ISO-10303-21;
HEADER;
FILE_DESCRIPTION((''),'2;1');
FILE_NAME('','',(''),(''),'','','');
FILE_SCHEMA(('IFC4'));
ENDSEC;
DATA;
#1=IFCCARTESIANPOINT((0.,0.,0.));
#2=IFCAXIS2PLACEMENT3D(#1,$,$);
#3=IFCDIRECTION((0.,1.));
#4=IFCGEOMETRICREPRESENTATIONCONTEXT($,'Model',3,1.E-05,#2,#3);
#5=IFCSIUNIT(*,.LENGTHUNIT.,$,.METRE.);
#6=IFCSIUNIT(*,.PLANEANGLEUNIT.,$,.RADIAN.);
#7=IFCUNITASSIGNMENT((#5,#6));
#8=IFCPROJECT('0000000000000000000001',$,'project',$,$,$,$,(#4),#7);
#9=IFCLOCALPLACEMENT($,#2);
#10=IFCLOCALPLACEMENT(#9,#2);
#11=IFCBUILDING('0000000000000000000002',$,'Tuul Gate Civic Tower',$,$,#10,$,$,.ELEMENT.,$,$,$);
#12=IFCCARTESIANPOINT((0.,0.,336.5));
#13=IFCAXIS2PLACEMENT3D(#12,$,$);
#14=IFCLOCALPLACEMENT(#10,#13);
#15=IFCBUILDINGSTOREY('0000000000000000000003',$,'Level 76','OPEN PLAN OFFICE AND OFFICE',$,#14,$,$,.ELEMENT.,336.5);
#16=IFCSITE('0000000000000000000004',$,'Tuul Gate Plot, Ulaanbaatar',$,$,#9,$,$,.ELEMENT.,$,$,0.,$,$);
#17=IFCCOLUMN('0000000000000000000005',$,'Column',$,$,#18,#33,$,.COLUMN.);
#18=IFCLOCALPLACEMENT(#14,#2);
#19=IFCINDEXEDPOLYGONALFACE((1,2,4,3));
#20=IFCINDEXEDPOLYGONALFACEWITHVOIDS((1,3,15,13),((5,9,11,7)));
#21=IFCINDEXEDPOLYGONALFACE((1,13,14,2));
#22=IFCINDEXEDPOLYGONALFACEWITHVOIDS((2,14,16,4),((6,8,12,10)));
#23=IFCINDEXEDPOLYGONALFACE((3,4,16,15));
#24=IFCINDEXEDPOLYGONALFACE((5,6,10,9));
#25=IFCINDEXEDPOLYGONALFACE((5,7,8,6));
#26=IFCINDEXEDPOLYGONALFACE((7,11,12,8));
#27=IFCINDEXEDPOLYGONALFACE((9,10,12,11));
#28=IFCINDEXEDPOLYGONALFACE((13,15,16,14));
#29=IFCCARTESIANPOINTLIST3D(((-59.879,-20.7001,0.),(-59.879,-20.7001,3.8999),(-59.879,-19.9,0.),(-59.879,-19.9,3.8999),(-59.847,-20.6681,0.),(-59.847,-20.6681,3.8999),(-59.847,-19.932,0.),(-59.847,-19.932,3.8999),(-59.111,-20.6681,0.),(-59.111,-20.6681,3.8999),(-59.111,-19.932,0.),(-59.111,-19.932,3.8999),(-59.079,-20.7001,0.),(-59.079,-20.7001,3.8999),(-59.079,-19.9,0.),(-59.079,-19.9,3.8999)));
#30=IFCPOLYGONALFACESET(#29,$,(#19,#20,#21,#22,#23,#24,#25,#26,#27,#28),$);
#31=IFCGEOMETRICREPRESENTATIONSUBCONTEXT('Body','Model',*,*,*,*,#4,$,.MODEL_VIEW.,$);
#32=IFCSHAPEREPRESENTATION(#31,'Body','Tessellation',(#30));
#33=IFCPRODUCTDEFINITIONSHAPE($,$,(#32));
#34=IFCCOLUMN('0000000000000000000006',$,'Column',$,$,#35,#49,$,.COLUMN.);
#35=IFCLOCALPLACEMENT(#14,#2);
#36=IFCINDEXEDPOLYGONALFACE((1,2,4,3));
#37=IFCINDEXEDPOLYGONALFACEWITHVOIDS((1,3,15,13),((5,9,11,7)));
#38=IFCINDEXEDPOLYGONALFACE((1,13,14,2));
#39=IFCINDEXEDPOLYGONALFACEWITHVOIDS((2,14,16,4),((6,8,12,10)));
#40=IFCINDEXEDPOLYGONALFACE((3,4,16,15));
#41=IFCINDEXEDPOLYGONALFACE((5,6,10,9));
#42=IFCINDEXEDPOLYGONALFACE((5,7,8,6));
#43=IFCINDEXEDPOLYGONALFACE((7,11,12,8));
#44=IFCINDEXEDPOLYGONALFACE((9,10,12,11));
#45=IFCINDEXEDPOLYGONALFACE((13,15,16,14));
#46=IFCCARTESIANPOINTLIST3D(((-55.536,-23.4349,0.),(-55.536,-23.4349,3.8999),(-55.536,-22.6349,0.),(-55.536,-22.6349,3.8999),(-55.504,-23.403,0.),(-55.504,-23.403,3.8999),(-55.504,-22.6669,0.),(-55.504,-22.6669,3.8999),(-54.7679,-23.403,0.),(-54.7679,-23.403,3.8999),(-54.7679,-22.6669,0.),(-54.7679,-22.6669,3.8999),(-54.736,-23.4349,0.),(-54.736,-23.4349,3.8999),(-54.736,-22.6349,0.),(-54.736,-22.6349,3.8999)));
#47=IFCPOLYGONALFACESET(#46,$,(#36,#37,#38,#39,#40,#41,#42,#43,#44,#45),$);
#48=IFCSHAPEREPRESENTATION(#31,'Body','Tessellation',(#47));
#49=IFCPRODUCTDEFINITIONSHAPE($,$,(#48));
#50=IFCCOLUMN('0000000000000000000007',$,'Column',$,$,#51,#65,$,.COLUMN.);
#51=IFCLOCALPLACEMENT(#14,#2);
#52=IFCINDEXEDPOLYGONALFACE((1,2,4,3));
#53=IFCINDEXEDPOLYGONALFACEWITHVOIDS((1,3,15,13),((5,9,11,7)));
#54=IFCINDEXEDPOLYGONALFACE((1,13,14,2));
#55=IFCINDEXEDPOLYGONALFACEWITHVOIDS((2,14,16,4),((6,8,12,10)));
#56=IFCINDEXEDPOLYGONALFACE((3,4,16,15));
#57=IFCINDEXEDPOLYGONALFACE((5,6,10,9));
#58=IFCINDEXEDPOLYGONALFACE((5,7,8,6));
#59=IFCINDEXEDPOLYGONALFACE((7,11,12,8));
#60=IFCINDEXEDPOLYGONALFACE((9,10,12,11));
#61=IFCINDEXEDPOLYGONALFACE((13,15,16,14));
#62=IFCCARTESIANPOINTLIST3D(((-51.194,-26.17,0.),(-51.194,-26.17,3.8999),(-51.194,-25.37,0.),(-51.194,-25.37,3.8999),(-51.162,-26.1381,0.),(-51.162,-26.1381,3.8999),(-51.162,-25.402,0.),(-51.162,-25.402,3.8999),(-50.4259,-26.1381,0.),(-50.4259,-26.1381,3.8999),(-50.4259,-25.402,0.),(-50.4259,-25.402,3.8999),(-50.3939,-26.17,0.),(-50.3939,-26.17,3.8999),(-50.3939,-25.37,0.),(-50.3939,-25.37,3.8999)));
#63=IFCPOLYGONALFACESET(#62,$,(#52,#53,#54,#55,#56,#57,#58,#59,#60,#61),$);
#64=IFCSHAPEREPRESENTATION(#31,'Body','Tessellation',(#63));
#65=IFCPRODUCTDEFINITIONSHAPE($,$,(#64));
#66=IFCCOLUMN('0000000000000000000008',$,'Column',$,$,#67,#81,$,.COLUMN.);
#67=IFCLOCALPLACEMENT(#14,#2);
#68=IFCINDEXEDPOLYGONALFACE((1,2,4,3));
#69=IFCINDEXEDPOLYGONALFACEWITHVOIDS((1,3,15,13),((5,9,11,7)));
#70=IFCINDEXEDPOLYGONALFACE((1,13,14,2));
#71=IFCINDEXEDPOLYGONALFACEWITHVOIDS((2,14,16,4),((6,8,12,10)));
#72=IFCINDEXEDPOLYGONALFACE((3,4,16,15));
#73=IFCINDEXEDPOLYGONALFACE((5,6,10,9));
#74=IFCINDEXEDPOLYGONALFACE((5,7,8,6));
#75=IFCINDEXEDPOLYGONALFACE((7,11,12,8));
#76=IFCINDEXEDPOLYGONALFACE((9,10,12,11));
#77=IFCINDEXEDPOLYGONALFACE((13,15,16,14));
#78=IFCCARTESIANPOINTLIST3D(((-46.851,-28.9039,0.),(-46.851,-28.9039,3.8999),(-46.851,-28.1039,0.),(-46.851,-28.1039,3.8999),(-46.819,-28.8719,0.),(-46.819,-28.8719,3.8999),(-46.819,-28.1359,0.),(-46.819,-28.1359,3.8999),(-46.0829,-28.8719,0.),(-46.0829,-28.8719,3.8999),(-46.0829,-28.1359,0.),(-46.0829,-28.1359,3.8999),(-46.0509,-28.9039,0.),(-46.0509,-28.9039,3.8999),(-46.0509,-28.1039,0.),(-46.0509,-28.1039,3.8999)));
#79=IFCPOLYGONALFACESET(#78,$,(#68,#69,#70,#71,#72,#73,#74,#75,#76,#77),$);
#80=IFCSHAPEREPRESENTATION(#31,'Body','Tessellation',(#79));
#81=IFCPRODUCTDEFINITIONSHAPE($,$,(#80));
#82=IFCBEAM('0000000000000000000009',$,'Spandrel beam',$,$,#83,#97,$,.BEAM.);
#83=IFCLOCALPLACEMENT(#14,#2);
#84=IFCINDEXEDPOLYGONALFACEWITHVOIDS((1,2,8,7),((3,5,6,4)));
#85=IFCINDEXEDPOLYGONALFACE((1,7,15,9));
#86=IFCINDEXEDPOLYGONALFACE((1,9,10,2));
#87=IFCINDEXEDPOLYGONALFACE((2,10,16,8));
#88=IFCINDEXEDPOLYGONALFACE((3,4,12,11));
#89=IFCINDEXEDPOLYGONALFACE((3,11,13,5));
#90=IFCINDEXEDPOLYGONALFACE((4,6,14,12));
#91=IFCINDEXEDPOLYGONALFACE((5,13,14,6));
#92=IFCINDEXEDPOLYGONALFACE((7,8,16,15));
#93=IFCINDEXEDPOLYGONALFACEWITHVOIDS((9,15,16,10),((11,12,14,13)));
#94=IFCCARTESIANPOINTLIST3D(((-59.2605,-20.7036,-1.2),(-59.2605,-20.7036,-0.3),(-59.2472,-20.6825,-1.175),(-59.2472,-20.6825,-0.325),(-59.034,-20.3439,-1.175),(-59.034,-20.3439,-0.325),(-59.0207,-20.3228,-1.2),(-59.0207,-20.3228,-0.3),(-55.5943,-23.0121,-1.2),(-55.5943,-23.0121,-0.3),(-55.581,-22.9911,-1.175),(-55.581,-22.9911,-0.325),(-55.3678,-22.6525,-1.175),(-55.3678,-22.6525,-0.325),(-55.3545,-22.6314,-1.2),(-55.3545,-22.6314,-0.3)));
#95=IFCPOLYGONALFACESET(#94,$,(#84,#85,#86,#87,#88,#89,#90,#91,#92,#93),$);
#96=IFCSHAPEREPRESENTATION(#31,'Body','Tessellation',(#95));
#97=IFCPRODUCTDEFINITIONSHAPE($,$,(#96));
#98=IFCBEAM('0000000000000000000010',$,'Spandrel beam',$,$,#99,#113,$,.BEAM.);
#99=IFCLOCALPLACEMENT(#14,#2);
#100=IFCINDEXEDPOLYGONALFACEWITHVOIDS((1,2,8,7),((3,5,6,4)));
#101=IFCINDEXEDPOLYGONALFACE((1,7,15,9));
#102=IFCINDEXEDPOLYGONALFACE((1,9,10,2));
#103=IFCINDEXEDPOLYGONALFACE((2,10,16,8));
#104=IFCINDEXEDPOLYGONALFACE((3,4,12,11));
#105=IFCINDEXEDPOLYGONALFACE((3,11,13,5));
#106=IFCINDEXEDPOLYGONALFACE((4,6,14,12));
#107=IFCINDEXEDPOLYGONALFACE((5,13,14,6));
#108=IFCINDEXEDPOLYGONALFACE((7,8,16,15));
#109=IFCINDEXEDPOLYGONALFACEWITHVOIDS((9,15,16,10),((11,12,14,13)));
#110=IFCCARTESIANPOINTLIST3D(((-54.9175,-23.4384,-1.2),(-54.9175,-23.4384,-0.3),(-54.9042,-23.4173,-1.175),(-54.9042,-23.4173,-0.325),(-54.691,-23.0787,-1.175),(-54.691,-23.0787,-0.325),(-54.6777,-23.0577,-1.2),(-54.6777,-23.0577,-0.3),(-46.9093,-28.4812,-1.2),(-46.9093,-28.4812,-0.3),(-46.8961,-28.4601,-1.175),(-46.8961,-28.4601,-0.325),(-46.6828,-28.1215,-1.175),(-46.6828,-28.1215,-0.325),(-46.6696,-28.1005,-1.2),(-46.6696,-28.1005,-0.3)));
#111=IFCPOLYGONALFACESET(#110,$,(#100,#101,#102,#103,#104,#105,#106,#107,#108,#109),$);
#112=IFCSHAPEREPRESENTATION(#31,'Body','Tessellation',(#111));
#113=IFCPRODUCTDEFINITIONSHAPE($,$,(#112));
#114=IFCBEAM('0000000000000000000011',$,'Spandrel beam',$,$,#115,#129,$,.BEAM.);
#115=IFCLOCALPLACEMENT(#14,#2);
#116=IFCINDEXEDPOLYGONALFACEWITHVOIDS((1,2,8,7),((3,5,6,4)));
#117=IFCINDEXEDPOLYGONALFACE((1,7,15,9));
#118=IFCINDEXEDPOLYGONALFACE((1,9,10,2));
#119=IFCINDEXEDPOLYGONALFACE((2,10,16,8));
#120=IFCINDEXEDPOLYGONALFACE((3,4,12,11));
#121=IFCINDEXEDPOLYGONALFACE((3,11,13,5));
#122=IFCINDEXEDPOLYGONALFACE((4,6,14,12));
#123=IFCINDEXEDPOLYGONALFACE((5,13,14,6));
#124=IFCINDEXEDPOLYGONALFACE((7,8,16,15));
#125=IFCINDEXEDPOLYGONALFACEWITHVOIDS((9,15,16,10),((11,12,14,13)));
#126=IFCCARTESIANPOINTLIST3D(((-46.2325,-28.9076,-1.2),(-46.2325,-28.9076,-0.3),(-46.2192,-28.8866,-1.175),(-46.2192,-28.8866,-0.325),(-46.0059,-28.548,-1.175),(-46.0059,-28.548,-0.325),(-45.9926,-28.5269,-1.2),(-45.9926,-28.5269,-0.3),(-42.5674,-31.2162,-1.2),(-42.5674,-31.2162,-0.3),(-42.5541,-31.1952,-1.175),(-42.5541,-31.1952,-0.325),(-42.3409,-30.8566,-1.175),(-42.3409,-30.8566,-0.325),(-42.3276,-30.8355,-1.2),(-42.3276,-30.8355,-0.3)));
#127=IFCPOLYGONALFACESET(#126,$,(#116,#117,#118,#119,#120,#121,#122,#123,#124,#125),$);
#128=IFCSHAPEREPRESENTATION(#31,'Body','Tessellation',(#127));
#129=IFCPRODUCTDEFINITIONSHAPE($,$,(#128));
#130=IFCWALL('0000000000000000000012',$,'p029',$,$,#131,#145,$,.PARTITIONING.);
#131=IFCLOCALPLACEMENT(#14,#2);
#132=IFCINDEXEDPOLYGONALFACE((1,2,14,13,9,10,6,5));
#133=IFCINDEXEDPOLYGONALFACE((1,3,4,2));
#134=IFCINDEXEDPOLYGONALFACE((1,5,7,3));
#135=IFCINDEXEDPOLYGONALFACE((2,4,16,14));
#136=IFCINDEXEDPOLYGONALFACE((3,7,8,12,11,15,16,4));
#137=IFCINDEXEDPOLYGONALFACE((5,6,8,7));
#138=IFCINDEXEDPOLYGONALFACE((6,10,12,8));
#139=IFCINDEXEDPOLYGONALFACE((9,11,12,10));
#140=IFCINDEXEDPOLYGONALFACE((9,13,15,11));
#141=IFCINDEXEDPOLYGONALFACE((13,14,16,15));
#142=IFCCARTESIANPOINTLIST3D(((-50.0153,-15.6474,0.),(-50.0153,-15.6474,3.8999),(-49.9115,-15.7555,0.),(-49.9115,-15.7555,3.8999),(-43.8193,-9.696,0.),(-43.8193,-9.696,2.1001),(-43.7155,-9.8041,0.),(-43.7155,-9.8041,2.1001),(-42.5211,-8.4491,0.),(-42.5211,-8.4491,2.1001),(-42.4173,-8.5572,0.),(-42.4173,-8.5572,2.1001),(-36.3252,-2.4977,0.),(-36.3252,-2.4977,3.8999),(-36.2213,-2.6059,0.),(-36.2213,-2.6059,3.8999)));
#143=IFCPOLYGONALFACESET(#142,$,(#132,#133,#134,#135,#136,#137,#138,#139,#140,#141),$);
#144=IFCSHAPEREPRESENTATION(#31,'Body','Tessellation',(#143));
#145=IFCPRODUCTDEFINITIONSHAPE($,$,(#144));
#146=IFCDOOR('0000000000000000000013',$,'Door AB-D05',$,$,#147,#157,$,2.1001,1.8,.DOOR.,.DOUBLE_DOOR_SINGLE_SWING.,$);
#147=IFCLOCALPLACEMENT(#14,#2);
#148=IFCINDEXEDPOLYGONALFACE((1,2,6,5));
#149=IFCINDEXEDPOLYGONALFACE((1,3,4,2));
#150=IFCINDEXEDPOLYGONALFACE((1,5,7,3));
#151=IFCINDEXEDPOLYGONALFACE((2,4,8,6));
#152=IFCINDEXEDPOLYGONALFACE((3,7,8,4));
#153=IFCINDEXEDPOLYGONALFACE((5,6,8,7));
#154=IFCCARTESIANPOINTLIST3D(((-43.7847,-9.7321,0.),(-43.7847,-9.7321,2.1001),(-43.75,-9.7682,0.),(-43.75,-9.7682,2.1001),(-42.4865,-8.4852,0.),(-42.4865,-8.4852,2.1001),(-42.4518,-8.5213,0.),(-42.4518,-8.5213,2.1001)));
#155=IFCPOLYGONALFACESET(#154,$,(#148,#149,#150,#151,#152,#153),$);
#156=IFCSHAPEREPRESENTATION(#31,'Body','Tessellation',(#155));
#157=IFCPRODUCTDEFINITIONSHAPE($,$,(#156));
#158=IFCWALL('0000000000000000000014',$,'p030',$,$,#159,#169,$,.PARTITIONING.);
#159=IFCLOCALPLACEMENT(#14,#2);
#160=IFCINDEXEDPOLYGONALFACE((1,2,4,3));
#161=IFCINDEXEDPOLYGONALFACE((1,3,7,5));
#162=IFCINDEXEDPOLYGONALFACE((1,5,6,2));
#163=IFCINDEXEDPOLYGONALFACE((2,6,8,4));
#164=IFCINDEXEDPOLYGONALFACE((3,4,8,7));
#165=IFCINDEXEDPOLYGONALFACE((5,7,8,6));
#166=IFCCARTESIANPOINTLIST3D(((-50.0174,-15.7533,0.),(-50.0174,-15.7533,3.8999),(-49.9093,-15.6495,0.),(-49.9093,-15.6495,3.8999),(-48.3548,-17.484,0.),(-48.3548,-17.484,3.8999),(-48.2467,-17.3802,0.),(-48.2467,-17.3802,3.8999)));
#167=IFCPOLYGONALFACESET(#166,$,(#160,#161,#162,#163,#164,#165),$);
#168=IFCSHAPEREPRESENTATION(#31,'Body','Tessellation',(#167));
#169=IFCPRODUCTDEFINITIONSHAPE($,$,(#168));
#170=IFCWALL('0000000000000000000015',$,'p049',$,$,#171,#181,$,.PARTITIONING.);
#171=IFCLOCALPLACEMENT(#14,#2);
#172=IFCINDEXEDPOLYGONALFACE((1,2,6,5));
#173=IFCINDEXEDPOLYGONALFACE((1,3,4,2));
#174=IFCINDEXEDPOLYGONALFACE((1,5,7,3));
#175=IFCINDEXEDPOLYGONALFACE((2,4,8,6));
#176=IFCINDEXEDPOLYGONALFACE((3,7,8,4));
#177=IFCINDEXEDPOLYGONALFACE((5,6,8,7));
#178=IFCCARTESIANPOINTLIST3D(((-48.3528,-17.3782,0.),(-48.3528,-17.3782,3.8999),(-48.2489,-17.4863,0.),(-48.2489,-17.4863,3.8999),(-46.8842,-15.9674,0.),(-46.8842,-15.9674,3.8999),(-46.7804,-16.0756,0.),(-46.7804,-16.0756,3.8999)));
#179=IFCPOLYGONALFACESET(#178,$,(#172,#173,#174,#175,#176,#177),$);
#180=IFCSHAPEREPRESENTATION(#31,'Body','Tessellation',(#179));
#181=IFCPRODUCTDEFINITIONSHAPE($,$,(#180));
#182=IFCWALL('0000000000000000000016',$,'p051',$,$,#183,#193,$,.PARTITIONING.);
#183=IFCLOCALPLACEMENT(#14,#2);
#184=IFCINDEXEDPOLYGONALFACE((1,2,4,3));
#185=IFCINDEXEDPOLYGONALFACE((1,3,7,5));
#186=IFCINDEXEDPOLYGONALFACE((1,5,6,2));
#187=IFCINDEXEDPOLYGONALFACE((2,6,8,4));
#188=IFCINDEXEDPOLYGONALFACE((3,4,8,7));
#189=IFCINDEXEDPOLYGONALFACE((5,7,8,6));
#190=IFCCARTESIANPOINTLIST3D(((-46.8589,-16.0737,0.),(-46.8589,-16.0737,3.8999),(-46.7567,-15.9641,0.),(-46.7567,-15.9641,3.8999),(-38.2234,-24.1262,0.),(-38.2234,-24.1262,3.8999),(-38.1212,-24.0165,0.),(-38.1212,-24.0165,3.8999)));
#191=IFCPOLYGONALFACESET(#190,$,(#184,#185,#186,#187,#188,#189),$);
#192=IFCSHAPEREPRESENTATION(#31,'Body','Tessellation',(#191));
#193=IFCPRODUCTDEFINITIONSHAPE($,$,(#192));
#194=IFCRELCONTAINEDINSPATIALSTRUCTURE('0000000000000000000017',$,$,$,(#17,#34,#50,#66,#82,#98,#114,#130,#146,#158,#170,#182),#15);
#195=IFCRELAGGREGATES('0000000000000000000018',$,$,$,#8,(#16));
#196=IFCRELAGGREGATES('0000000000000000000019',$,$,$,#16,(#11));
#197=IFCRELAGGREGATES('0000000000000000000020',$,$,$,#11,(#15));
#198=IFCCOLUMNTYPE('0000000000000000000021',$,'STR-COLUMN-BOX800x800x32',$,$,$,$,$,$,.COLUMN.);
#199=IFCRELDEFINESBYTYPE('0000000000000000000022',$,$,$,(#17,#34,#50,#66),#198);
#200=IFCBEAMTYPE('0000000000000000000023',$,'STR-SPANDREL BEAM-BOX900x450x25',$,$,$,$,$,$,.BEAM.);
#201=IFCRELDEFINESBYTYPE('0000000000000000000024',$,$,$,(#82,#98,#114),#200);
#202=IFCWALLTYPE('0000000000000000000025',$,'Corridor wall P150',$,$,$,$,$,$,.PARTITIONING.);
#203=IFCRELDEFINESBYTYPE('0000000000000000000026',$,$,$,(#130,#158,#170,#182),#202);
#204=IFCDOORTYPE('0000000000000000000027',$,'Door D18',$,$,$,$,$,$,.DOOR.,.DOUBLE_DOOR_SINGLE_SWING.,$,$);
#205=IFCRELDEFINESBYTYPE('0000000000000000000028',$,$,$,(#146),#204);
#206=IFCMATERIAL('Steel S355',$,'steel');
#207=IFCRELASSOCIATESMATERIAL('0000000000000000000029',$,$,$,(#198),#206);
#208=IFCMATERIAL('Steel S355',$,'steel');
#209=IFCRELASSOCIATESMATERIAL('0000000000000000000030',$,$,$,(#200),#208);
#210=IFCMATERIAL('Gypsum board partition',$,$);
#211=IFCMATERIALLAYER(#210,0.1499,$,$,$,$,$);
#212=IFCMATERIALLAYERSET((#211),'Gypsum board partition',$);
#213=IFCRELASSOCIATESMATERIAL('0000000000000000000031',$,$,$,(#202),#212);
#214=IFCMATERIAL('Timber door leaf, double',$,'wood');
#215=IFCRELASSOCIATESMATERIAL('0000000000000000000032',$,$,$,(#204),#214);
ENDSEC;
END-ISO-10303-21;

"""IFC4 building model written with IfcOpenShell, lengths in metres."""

from ifc_helpers import new_model, si_unit, direction, frame, frame_2d, origin, origin_2d, place, context, subcontext, project, spatial, rectangle, hollow_rectangle, extrude, material, layer, layer_set, material_profile, profile_set, type_object, element, fill, save


model = new_model("IFC4")

# Units and contexts
model_context = context("Model", 3, precision=1e-05, world=origin(), true_north=direction((0.0, 1.0)))
body_context = subcontext(model_context, "Body", "Model", "MODEL_VIEW")
ifc_project = project(units=[si_unit("LENGTHUNIT", "METRE"), si_unit("PLANEANGLEUNIT", "RADIAN")], contexts=[model_context])

# Site, building, storey
site_placement = place(None, origin())
site = spatial("IfcSite", under=ifc_project, at=site_placement, Name="Tuul Gate Plot, Ulaanbaatar", CompositionType="ELEMENT", RefElevation=0.0)
building_placement = place(site_placement, origin())
building = spatial("IfcBuilding", under=site, at=building_placement, Name="Tuul Gate Civic Tower", CompositionType="ELEMENT")
storey_placement = place(building_placement, frame((0.0, 0.0, 336.5)))
storey = spatial("IfcBuildingStorey", under=building, at=storey_placement, Name="Level 76", Description="OPEN PLAN OFFICE AND OFFICE", CompositionType="ELEMENT", Elevation=336.5)

# Columns
ifc_material_1 = material(Name="Steel S355", Category="steel")
ifc_material_profile_1 = material_profile(ifc_material_1, hollow_rectangle(XDim=0.8, YDim=0.8, WallThickness=0.032, at=origin_2d()), Name="BOX800x800x32")
ifc_profile_set_1 = profile_set([ifc_material_profile_1], Name="Steel S355")
column_type = type_object("IfcColumnType", Name="STR-COLUMN-BOX800x800x32", PredefinedType="COLUMN", material=ifc_profile_set_1)
for number, where, z_axis, x_axis, name in (
    (1, (-59.479, -20.3, 0.0), (0.0, 0.0, 1.0), (1.0, 0.0, 0.0), "Column"),
    (2, (-55.136, -23.0349, 0.0), (0.0, 0.0, 1.0), (1.0, 0.0, 0.0), "Column"),
    (3, (-50.7939, -25.77, 0.0), (0.0, 0.0, 1.0), (1.0, 0.0, 0.0), "Column"),
    (4, (-46.4509, -28.5039, 0.0), (0.0, 0.0, 1.0), (1.0, 0.0, 0.0), "Column"),
):
    element("IfcColumn", number, at=place(storey_placement, frame(where, z_axis=z_axis, x_axis=x_axis)), inside=storey, type_object=column_type, Name=name, PredefinedType="COLUMN", context=body_context, shape_type="SweptSolid", body=[
        extrude(hollow_rectangle(XDim=0.8, YDim=0.8, WallThickness=0.032, at=origin_2d()), origin(), (0.0, 0.0, 1.0), 3.8999),
    ])

# Beams
ifc_material_2 = material(Name="Steel S355", Category="steel")
ifc_material_profile_2 = material_profile(ifc_material_2, hollow_rectangle(XDim=0.45, YDim=0.8999, WallThickness=0.0249, at=origin_2d()), Name="BOX900x450x25")
ifc_profile_set_2 = profile_set([ifc_material_profile_2], Name="Steel S355")
beam_type = type_object("IfcBeamType", Name="STR-SPANDREL BEAM-BOX900x450x25", PredefinedType="BEAM", material=ifc_profile_set_2)
beam_1_placement = place(storey_placement, frame((-59.1406, -20.5132, -0.75), z_axis=(0.846211, -0.532848, 0.0), x_axis=(0.532848, 0.846211, 0.0)))
element("IfcBeam", 5, at=beam_1_placement, inside=storey, type_object=beam_type, Name="Spandrel beam", PredefinedType="BEAM", context=body_context, shape_type="SweptSolid", body=[
    extrude(hollow_rectangle(XDim=0.45, YDim=0.8999, WallThickness=0.0249, at=origin_2d()), origin(), (0.0, 0.0, 1.0), 4.3325),
])
beam_2_placement = place(storey_placement, frame((-54.7976, -23.248, -0.75), z_axis=(0.846204, -0.53286, 0.0), x_axis=(0.53286, 0.846204, 0.0)))
element("IfcBeam", 6, at=beam_2_placement, inside=storey, type_object=beam_type, Name="Spandrel beam", PredefinedType="BEAM", context=body_context, shape_type="SweptSolid", body=[
    extrude(hollow_rectangle(XDim=0.45, YDim=0.8999, WallThickness=0.0249, at=origin_2d()), origin(), (0.0, 0.0, 1.0), 9.4636),
])
beam_3_placement = place(storey_placement, frame((-46.1125, -28.7173, -0.75), z_axis=(0.846131, -0.532975, 0.0), x_axis=(0.532975, 0.846131, 0.0)))
element("IfcBeam", 7, at=beam_3_placement, inside=storey, type_object=beam_type, Name="Spandrel beam", PredefinedType="BEAM", context=body_context, shape_type="SweptSolid", body=[
    extrude(hollow_rectangle(XDim=0.45, YDim=0.8999, WallThickness=0.0249, at=origin_2d()), origin(), (0.0, 0.0, 1.0), 4.3315),
])

# Wall, opening, door
ifc_material_3 = material(Name="Gypsum board partition")
ifc_layer_1 = layer(ifc_material_3, 0.1499)
ifc_layer_set_1 = layer_set([ifc_layer_1], Name="Gypsum board partition")
wall_type_1 = type_object("IfcWallType", Name="Corridor wall P150", PredefinedType="PARTITIONING", material=ifc_layer_set_1)
wall_1_placement = place(storey_placement, frame((-49.9634, -15.7014, 0.0), z_axis=(0.0, 0.0, 1.0), x_axis=(0.721201, 0.692726, 0.0)))
wall_1 = element("IfcWall", 8, at=wall_1_placement, inside=storey, type_object=wall_type_1, Name="p029", PredefinedType="PARTITIONING", context=body_context, shape_type="SweptSolid", body=[
    extrude(rectangle(XDim=18.9824, YDim=0.1499, at=frame_2d((9.4912, 0.0))), origin(), (0.0, 0.0, 1.0), 3.8999),
])
opening_1_placement = place(wall_1_placement, frame((8.5913, 0.0, 0.0)))
opening_1 = element("IfcOpeningElement", 9, at=opening_1_placement, cuts=wall_1, PredefinedType="OPENING", context=body_context, shape_type="SweptSolid", body=[
    extrude(rectangle(XDim=1.8, YDim=2.1001, at=frame_2d((0.8999, 1.05))), frame((0.0, 0.085, 0.0), z_axis=(0.0, -1.0, 0.0), x_axis=(1.0, 0.0, 0.0)), (0.0, 0.0, 1.0), 0.1699),
])
ifc_material_4 = material(Name="Timber door leaf, double", Category="wood")
door_type = type_object("IfcDoorType", Name="Door D18", OperationType="DOUBLE_DOOR_SINGLE_SWING", PredefinedType="DOOR", material=ifc_material_4)
door_placement = place(opening_1_placement, origin())
door = element("IfcDoor", 10, at=door_placement, inside=storey, type_object=door_type, Name="Door AB-D05", OperationType="DOUBLE_DOOR_SINGLE_SWING", OverallHeight=2.1001, OverallWidth=1.8, PredefinedType="DOOR", context=body_context, shape_type="SweptSolid", body=[
    extrude(rectangle(XDim=1.8, YDim=2.1001, at=frame_2d((0.8999, 1.05))), frame((0.0, 0.0249, 0.0), z_axis=(0.0, -1.0, 0.0), x_axis=(1.0, 0.0, 0.0)), (0.0, 0.0, 1.0), 0.05),
])
fill(opening_1, door)

# Walls
wall_2_placement = place(storey_placement, frame((-49.9634, -15.7014, 0.0), z_axis=(0.0, 0.0, 1.0), x_axis=(0.692773, -0.721156, 0.0)))
element("IfcWall", 11, at=wall_2_placement, inside=storey, type_object=wall_type_1, Name="p030", PredefinedType="PARTITIONING", context=body_context, shape_type="SweptSolid", body=[
    extrude(rectangle(XDim=2.3999, YDim=0.1499, at=frame_2d((1.2, 0.0))), origin(), (0.0, 0.0, 1.0), 3.8999),
])
wall_3_placement = place(storey_placement, frame((-48.3008, -17.4321, 0.0), z_axis=(0.0, 0.0, 1.0), x_axis=(0.721172, 0.692756, 0.0)))
element("IfcWall", 12, at=wall_3_placement, inside=storey, type_object=wall_type_1, Name="p049", PredefinedType="PARTITIONING", context=body_context, shape_type="SweptSolid", body=[
    extrude(rectangle(XDim=2.0364, YDim=0.1499, at=frame_2d((1.0181, 0.0))), origin(), (0.0, 0.0, 1.0), 3.8999),
])
wall_4_placement = place(storey_placement, frame((-46.8079, -16.0188, 0.0), z_axis=(0.0, 0.0, 1.0), x_axis=(0.731364, -0.681987, 0.0)))
element("IfcWall", 13, at=wall_4_placement, inside=storey, type_object=wall_type_1, Name="p051", PredefinedType="PARTITIONING", context=body_context, shape_type="SweptSolid", body=[
    extrude(rectangle(XDim=11.8074, YDim=0.1499, at=frame_2d((5.9038, 0.0))), origin(), (0.0, 0.0, 1.0), 3.8999),
])

save(model, "model.ifc")
